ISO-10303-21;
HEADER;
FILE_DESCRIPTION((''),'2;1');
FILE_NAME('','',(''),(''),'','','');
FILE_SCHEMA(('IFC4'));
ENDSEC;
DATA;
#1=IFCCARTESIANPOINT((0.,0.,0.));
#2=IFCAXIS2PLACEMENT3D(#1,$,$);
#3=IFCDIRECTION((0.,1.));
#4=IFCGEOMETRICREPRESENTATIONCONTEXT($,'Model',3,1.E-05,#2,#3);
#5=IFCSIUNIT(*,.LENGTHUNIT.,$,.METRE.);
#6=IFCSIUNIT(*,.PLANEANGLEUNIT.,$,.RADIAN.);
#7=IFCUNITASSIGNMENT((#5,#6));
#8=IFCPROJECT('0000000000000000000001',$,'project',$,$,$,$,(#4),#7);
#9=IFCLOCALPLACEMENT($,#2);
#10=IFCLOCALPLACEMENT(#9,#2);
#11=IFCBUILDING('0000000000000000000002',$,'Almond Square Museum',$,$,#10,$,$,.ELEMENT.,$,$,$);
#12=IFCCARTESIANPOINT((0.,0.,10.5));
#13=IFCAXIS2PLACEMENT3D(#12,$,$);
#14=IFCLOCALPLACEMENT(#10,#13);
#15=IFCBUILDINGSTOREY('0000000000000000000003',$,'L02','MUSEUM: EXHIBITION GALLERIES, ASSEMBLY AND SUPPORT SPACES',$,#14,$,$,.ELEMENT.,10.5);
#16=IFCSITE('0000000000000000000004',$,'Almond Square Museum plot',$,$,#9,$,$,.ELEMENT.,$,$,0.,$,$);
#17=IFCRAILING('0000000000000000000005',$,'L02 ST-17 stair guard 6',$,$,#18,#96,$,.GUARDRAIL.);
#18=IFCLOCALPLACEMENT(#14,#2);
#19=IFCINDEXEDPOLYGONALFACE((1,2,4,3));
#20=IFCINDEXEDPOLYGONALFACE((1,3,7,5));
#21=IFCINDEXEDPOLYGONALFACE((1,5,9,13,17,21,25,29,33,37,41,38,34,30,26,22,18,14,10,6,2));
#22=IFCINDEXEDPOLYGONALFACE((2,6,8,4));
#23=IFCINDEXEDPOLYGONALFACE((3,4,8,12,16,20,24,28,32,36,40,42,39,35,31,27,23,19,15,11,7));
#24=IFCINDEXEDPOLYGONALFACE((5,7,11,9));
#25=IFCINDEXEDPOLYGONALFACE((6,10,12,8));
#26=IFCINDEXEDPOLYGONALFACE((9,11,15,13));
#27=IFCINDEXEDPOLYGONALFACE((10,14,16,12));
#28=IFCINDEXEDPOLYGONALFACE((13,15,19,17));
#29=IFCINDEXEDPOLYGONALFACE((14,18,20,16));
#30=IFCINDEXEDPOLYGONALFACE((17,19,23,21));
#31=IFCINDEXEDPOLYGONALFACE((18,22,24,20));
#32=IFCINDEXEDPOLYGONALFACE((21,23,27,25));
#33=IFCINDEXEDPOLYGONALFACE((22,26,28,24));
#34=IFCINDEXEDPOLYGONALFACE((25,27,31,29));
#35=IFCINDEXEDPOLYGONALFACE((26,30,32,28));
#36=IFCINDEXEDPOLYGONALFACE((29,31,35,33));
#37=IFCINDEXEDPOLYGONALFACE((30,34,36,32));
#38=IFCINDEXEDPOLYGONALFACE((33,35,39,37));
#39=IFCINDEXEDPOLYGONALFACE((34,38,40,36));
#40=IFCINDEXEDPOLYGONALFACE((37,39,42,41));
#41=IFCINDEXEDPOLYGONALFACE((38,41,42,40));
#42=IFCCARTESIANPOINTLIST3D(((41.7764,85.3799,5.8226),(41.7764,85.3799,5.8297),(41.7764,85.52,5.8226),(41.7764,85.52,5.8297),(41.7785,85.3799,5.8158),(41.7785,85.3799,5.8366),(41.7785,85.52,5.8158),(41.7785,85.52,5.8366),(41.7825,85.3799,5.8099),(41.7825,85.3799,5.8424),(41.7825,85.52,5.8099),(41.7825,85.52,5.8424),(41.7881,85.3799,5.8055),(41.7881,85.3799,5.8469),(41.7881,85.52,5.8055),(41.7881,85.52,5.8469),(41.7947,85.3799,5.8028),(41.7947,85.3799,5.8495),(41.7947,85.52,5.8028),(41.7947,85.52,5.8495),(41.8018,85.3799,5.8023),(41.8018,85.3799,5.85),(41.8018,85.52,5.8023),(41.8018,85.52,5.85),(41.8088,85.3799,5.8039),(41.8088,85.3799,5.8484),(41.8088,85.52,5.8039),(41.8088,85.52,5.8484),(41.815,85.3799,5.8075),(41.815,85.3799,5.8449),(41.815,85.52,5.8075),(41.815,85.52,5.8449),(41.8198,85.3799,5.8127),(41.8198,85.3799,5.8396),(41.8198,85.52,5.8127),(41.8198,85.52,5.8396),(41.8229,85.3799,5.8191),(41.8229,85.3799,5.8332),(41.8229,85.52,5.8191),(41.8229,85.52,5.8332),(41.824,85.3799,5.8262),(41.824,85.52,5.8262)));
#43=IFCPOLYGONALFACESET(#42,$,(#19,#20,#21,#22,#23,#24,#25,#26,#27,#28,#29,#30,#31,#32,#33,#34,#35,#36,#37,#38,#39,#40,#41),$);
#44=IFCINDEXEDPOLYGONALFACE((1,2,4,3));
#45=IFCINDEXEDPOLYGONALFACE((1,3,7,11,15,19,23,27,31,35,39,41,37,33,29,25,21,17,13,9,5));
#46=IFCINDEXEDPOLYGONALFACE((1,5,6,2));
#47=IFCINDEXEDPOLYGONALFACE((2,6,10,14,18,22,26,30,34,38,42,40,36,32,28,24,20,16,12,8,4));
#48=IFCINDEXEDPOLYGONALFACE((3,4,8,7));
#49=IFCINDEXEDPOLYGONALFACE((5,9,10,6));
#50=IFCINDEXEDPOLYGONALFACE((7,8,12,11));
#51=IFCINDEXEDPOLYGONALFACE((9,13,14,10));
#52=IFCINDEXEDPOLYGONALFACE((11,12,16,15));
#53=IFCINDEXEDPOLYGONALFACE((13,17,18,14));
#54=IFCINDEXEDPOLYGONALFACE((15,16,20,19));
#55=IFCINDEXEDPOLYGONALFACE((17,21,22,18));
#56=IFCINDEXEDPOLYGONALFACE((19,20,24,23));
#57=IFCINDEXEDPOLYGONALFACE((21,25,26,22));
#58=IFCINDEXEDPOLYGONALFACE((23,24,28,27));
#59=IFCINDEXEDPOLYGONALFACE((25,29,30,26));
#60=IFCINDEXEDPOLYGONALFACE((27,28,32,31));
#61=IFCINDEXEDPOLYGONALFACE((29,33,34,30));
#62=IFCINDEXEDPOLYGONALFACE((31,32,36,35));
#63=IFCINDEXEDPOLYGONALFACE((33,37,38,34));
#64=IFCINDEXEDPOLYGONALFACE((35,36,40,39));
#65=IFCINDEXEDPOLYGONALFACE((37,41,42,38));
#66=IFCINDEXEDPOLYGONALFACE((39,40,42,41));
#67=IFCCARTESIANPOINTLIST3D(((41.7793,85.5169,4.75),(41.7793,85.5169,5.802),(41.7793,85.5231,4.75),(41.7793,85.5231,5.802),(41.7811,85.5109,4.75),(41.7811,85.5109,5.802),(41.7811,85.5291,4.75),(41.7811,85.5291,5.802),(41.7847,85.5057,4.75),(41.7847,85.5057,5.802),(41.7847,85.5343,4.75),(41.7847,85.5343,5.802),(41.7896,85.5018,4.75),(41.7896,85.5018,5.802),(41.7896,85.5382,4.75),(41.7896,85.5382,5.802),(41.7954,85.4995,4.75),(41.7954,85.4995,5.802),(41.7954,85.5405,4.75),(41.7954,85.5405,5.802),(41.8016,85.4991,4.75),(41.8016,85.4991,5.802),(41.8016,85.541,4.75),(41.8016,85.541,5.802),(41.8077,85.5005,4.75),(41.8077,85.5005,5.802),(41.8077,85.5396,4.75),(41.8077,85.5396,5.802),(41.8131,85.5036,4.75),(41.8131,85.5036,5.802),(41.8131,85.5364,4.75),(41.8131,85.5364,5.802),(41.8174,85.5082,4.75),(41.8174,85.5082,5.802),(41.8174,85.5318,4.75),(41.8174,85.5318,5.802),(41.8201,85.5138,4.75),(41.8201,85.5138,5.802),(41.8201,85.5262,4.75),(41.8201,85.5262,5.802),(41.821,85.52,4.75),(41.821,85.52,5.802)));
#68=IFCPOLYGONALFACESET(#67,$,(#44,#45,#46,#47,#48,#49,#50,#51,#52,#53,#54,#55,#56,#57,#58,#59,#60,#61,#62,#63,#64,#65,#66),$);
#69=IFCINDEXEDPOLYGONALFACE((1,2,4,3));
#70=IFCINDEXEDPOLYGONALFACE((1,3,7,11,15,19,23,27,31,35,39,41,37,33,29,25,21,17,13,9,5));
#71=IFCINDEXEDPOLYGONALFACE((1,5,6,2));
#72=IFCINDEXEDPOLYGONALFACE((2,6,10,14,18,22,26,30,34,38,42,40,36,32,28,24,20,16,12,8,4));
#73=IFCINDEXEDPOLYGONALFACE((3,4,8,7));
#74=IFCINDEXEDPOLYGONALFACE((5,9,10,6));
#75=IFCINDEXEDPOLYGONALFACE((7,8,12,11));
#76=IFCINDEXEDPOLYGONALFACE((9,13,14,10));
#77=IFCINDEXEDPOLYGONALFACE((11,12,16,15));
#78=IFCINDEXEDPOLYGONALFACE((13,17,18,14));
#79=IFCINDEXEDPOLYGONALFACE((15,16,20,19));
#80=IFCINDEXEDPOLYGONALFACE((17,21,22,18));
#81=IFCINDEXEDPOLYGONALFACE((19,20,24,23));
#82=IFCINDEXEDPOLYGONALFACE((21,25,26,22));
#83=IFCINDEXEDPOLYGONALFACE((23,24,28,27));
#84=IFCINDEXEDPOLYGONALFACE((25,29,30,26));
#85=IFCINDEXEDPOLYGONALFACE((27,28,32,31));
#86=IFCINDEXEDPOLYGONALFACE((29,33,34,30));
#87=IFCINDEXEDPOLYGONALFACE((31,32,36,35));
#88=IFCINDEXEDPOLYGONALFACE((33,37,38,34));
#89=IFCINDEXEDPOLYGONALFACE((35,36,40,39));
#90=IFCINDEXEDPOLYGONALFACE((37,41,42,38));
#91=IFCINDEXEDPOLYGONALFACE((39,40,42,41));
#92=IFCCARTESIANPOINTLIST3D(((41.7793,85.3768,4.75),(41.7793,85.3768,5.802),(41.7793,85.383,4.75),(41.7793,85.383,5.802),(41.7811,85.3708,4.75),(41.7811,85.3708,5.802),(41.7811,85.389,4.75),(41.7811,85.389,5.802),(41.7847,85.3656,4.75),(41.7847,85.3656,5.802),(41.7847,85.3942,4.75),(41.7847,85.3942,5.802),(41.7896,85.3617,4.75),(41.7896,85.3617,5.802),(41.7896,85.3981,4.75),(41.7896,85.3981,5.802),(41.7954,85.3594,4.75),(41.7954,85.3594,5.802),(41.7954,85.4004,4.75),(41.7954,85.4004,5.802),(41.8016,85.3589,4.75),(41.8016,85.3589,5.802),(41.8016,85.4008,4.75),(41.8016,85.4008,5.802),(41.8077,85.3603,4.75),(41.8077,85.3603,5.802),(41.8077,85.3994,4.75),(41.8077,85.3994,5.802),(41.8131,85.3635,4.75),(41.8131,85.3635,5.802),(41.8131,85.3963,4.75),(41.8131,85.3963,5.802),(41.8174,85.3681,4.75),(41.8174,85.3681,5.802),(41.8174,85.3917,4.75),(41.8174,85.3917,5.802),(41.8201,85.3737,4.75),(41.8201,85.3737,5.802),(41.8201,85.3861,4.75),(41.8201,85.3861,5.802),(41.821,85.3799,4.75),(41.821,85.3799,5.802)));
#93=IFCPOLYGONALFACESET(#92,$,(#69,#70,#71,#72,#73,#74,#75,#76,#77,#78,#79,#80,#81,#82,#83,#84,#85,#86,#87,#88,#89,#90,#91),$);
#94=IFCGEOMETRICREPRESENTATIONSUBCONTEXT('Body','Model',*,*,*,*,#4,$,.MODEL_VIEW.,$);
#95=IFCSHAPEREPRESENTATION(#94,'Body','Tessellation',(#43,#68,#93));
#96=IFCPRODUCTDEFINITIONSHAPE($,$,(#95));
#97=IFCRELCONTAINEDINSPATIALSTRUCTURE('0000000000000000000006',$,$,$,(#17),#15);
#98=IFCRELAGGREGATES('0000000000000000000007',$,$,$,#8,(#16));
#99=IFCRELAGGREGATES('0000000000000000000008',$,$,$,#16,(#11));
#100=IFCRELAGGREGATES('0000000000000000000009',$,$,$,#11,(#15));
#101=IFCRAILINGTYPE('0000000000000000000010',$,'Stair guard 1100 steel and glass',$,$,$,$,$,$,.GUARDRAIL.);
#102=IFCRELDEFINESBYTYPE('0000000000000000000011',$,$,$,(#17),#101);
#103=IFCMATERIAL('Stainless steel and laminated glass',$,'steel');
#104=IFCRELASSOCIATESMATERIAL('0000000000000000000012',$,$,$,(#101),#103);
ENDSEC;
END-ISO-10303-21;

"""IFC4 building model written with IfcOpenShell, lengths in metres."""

from ifc_helpers import new_model, si_unit, direction, frame, origin, origin_2d, place, context, subcontext, project, spatial, circle, extrude, material, type_object, element, save


model = new_model("IFC4")

# Units and contexts
model_context = context("Model", 3, precision=1e-05, world=origin(), true_north=direction((0.0, 1.0)))
body_context = subcontext(model_context, "Body", "Model", "MODEL_VIEW")
ifc_project = project(units=[si_unit("LENGTHUNIT", "METRE"), si_unit("PLANEANGLEUNIT", "RADIAN")], contexts=[model_context])

# Site, building, storey
site_placement = place(None, origin())
site = spatial("IfcSite", under=ifc_project, at=site_placement, Name="Almond Square Museum plot", CompositionType="ELEMENT", RefElevation=0.0)
building_placement = place(site_placement, origin())
building = spatial("IfcBuilding", under=site, at=building_placement, Name="Almond Square Museum", CompositionType="ELEMENT")
storey_placement = place(building_placement, frame((0.0, 0.0, 10.5)))
storey = spatial("IfcBuildingStorey", under=building, at=storey_placement, Name="L02", Description="MUSEUM: EXHIBITION GALLERIES, ASSEMBLY AND SUPPORT SPACES", CompositionType="ELEMENT", Elevation=10.5)

# Railing
ifc_material_1 = material(Name="Stainless steel and laminated glass", Category="steel")
railing_type_1 = type_object("IfcRailingType", Name="Stair guard 1100 steel and glass", PredefinedType="GUARDRAIL", material=ifc_material_1)
railing_1_placement = place(storey_placement, frame((41.8, 85.52, 4.75)))
element("IfcRailing", 1, at=railing_1_placement, inside=storey, type_object=railing_type_1, Name="L02 ST-17 stair guard 6", PredefinedType="GUARDRAIL", context=body_context, shape_type="SweptSolid", body=[
    extrude(circle(Radius=0.0239, at=origin_2d()), frame((0.0, 0.0, 1.0762), z_axis=(0.0, -1.0, 0.0), x_axis=(1.0, 0.0, 0.0)), (0.0, 0.0, 1.0), 0.1401),
    extrude(circle(Radius=0.021, at=origin_2d()), origin(), (0.0, 0.0, 1.0), 1.052),
    extrude(circle(Radius=0.021, at=origin_2d()), frame((0.0, -0.1401, 0.0)), (0.0, 0.0, 1.0), 1.052),
])

save(model, "model.ifc")
